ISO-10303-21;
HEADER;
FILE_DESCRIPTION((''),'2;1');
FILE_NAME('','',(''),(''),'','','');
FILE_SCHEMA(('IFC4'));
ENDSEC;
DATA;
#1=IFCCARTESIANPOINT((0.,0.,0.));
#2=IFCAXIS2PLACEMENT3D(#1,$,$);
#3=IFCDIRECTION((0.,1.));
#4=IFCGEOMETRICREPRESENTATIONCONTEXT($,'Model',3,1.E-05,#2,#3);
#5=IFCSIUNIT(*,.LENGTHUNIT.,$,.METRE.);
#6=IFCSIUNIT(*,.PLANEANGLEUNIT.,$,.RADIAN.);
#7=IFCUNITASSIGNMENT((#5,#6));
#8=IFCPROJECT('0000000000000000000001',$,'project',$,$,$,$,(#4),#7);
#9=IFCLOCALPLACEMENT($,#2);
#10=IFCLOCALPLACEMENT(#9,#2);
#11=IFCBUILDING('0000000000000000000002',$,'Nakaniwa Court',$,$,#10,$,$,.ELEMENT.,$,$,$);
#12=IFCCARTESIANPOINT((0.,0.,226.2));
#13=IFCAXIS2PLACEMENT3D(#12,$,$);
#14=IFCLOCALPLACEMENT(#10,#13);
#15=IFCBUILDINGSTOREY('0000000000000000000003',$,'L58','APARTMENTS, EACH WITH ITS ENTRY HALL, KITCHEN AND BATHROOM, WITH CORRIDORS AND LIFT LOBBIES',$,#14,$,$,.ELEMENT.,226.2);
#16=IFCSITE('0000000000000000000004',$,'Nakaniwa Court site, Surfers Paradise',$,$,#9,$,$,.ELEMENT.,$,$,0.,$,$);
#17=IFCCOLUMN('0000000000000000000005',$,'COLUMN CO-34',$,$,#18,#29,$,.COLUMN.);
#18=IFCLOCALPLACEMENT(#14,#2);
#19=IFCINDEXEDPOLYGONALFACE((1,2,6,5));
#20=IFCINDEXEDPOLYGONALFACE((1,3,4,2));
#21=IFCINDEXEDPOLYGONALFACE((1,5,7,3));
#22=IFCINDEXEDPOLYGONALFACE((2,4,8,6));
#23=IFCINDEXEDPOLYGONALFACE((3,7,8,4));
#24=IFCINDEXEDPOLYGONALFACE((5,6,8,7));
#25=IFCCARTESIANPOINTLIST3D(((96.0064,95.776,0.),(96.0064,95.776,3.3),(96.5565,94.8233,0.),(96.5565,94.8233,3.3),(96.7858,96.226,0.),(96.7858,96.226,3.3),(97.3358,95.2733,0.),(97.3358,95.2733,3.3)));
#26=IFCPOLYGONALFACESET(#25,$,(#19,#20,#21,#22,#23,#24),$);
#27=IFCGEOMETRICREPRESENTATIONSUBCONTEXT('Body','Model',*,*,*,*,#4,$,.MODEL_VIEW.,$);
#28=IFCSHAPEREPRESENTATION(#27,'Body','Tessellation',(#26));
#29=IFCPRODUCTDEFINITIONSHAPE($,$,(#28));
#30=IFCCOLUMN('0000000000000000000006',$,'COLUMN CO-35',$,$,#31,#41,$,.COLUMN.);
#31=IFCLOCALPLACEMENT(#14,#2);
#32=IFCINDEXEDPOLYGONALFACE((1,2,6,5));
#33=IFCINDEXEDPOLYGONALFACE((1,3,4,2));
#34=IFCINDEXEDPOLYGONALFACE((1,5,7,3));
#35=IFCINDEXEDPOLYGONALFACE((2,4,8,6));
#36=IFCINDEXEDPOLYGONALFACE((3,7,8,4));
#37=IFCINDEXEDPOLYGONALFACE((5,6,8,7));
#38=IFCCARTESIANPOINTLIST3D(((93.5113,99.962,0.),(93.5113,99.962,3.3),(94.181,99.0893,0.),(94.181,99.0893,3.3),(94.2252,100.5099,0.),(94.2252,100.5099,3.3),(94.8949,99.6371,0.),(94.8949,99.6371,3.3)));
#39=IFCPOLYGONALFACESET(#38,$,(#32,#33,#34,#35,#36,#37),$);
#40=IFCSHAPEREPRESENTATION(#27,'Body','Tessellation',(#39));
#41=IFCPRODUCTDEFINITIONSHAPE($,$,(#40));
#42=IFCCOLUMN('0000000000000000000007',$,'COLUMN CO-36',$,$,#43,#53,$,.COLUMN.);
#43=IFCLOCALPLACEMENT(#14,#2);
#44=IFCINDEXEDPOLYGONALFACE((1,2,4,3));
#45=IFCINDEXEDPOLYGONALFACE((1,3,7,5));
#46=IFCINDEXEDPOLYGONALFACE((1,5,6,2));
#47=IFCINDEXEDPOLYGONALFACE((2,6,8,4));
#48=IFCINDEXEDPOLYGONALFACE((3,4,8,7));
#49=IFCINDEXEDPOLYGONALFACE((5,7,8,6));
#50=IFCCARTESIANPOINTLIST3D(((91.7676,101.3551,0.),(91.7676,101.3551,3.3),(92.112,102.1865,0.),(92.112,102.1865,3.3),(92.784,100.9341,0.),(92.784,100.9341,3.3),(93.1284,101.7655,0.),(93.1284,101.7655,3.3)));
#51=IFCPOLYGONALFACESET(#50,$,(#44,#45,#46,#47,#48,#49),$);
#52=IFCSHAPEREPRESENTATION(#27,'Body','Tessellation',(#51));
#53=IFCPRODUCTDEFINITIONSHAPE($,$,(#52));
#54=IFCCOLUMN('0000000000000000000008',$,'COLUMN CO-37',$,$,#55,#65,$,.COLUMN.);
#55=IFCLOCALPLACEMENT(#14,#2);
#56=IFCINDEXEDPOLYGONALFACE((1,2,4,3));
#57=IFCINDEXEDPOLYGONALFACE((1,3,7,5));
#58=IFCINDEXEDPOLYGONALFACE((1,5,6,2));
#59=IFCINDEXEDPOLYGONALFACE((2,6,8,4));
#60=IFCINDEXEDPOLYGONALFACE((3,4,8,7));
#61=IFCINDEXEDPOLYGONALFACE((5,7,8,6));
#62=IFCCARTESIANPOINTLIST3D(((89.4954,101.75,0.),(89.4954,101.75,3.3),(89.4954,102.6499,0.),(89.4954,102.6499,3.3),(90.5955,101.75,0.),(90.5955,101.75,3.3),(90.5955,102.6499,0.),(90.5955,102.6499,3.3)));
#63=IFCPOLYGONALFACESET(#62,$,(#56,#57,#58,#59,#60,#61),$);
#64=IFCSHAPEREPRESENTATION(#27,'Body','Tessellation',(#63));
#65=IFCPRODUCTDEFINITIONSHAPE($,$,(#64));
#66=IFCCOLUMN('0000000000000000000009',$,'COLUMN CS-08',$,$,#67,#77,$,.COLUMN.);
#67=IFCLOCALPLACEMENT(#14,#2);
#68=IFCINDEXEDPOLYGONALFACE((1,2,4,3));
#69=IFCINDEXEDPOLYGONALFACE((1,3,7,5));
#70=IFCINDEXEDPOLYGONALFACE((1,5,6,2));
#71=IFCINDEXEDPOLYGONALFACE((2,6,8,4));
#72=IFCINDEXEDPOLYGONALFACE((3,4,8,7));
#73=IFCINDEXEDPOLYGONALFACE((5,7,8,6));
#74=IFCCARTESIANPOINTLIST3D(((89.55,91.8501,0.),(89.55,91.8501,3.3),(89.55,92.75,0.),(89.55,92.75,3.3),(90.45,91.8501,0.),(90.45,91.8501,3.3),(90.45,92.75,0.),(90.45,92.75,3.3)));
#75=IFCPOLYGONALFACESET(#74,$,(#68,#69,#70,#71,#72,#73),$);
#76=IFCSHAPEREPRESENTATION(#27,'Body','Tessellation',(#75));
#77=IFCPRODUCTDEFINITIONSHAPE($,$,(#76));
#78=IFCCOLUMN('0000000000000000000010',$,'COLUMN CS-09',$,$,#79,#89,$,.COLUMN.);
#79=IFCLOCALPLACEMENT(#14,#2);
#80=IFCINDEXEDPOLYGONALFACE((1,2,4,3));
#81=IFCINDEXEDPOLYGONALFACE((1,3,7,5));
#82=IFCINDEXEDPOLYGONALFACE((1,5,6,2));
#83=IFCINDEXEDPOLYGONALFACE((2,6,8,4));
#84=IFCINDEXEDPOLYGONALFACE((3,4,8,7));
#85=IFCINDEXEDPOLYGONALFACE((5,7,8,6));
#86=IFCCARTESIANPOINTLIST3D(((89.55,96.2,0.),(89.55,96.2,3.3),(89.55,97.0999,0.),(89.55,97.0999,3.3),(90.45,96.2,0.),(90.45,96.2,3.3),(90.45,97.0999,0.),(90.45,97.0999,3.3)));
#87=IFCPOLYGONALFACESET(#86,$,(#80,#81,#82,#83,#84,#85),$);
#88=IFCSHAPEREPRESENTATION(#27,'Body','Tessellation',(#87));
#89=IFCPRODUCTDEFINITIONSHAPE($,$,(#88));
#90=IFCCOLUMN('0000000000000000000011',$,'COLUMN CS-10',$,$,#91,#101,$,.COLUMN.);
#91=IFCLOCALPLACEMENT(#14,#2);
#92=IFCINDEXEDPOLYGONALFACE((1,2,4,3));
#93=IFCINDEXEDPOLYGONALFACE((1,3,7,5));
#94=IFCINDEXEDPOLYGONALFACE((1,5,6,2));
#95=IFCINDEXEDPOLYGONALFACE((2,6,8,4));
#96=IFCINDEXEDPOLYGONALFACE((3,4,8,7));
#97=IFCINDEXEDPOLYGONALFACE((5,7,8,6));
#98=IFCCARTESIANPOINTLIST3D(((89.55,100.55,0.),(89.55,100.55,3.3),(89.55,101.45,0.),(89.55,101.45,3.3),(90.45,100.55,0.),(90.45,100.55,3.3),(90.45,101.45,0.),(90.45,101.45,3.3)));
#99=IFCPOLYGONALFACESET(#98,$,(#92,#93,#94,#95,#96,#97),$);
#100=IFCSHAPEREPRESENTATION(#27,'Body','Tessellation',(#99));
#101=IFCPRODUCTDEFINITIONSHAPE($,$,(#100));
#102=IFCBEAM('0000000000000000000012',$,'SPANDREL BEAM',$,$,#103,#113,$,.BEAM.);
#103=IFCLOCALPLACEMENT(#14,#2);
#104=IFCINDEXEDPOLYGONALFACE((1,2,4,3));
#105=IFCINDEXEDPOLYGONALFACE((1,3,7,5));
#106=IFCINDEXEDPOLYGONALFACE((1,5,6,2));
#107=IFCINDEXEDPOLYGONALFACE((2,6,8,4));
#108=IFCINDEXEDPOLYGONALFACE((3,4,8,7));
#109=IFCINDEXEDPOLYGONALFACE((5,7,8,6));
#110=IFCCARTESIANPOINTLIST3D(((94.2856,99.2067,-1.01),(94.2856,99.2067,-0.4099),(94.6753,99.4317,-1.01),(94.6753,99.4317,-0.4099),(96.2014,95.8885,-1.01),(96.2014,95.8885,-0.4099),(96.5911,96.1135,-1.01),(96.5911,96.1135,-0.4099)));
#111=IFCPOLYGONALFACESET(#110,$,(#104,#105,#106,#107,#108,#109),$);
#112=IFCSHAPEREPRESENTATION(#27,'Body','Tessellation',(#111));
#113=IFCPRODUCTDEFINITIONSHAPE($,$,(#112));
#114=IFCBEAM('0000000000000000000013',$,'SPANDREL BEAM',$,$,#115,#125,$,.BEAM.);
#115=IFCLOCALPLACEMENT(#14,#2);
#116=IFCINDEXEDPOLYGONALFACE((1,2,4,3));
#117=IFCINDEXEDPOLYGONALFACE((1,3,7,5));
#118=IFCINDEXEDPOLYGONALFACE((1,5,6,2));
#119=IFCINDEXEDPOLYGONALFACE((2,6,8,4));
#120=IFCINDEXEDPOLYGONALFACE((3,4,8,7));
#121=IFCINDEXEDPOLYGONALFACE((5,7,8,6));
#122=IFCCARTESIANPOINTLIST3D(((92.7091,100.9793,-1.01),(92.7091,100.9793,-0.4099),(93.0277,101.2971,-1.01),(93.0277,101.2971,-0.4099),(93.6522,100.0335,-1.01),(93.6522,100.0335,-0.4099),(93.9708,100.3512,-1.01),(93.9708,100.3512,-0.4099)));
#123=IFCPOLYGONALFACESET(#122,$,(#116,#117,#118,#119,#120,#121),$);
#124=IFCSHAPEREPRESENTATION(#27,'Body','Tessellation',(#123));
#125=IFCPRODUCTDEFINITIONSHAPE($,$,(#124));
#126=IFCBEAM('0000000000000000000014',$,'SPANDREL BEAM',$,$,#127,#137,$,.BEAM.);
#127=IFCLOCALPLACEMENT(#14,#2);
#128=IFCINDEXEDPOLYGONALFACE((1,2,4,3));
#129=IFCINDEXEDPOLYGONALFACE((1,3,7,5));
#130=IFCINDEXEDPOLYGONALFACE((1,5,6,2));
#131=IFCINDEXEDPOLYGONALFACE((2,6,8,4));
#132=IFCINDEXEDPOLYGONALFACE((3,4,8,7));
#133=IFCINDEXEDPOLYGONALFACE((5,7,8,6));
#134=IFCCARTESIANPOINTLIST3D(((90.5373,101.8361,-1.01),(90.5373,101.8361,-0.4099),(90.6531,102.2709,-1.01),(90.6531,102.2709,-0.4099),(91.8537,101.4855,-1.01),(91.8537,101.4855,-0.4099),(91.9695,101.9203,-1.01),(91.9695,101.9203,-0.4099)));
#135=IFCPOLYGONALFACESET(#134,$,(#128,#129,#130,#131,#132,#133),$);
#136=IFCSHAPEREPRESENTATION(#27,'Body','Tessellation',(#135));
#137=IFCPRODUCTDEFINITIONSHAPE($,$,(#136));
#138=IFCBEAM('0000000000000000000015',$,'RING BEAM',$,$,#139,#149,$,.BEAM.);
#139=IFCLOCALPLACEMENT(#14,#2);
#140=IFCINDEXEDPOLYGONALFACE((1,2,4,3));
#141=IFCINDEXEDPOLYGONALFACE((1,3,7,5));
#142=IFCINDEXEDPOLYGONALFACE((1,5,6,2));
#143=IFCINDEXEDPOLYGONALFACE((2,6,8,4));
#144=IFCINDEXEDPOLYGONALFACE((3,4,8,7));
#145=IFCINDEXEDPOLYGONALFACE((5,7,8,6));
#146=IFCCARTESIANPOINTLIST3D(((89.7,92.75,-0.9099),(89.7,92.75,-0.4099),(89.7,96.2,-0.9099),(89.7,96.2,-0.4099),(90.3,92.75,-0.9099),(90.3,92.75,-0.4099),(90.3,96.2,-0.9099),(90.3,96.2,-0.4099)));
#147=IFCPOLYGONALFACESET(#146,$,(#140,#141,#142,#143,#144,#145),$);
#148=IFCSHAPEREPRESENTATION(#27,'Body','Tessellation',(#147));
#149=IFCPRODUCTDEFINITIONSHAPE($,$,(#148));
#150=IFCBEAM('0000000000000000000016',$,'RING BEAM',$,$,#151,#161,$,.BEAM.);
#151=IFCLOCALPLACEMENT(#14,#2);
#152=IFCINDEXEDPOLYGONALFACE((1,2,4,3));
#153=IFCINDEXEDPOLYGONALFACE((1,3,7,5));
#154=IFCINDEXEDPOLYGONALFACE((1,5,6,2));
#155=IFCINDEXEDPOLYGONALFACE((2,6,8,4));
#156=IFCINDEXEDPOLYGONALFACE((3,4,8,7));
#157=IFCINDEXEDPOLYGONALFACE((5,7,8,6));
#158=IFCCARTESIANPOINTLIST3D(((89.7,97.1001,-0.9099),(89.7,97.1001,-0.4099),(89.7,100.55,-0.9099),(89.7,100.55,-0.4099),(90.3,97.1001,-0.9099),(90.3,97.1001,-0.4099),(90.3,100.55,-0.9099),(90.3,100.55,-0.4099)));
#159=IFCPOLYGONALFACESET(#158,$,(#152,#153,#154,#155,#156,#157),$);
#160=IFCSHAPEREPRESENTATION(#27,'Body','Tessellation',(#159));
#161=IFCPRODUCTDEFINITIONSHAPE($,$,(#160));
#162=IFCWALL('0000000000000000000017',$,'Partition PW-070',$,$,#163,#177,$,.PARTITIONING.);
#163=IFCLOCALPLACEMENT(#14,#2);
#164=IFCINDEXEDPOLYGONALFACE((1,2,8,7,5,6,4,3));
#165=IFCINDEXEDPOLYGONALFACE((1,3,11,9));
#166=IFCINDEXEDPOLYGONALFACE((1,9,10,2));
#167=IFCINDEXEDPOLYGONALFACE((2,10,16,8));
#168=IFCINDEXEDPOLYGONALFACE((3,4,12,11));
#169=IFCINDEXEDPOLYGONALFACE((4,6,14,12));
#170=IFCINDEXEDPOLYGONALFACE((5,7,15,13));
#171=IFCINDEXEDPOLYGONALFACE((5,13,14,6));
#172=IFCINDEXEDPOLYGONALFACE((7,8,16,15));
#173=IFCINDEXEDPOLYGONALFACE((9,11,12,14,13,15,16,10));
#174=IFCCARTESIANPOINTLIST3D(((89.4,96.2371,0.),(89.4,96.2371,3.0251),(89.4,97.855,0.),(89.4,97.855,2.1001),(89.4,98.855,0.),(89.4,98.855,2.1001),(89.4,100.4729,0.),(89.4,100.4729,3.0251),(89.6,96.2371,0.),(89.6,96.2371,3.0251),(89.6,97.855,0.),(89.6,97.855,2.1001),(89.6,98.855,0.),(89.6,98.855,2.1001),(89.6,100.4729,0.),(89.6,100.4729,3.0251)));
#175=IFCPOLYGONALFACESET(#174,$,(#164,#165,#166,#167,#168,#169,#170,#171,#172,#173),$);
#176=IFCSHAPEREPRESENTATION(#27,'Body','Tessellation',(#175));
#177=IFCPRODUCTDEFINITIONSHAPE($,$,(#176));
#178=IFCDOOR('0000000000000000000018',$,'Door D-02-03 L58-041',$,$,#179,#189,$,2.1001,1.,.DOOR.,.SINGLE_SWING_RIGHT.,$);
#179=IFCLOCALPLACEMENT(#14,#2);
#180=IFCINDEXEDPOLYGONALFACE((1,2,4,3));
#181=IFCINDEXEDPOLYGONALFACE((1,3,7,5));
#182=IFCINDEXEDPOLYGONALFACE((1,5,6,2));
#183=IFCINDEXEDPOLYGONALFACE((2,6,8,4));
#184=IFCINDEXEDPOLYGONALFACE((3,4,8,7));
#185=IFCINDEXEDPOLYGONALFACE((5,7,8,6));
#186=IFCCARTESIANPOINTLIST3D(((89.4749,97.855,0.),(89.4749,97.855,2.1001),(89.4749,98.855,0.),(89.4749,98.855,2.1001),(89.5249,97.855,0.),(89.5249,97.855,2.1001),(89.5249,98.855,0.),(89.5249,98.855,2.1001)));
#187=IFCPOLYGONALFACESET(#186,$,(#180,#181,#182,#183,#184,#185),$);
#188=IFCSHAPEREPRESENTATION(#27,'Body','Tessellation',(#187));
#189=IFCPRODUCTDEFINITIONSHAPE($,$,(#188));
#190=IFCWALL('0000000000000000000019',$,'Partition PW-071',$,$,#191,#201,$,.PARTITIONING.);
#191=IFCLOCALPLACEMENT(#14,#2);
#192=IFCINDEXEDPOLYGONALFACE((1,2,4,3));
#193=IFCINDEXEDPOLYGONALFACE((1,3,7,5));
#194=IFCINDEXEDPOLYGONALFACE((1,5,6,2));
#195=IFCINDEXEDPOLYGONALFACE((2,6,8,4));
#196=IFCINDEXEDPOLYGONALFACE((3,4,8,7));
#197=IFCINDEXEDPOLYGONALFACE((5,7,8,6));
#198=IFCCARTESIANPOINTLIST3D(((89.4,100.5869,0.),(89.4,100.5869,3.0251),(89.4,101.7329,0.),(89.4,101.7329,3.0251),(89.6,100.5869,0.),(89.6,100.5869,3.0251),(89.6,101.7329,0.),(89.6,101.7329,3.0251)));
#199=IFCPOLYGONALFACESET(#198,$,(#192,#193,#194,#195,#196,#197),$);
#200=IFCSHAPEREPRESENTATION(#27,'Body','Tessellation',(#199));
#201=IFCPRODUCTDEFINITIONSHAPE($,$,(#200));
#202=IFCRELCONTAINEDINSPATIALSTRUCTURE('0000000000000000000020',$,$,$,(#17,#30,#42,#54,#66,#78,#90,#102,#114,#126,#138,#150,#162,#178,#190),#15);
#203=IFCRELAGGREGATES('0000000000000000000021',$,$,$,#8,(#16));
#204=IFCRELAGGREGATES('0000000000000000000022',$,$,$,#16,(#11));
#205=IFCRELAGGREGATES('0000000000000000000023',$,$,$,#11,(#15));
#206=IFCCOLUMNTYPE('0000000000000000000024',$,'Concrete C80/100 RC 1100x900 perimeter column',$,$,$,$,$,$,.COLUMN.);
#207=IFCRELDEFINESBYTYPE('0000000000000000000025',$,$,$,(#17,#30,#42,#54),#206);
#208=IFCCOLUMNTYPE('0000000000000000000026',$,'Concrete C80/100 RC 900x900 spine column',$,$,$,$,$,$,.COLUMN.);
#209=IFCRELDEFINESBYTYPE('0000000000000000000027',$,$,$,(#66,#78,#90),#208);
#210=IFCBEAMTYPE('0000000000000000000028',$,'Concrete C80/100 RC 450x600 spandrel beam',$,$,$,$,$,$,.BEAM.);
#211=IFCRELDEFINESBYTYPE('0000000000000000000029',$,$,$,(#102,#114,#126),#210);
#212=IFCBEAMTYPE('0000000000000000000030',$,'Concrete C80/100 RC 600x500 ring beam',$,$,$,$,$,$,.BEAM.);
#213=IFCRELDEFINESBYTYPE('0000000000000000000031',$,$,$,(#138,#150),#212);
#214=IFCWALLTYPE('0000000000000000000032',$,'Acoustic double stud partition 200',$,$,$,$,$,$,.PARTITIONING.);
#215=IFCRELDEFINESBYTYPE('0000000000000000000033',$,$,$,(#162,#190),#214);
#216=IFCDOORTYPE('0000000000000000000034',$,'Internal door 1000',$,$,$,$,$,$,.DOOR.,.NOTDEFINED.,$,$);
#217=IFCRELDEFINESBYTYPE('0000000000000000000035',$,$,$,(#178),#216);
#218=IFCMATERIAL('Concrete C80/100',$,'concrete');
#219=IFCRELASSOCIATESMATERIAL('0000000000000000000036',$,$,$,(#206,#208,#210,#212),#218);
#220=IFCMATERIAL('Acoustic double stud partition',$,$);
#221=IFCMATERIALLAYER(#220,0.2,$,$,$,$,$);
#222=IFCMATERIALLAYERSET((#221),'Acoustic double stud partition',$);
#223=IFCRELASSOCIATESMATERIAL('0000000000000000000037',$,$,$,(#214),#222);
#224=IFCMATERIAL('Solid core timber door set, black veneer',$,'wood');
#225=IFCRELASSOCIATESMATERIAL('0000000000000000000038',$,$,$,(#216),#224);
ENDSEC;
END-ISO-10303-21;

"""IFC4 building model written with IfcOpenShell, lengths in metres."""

from ifc_helpers import new_model, si_unit, direction, frame, frame_2d, origin, origin_2d, place, context, subcontext, project, spatial, rectangle, extrude, material, layer, layer_set, material_profile, profile_set, type_object, element, fill, save


model = new_model("IFC4")

# Units and contexts
model_context = context("Model", 3, precision=1e-05, world=origin(), true_north=direction((0.0, 1.0)))
body_context = subcontext(model_context, "Body", "Model", "MODEL_VIEW")
ifc_project = project(units=[si_unit("LENGTHUNIT", "METRE"), si_unit("PLANEANGLEUNIT", "RADIAN")], contexts=[model_context])

# Site, building, storey
site_placement = place(None, origin())
site = spatial("IfcSite", under=ifc_project, at=site_placement, Name="Nakaniwa Court site, Surfers Paradise", CompositionType="ELEMENT", RefElevation=0.0)
building_placement = place(site_placement, origin())
building = spatial("IfcBuilding", under=site, at=building_placement, Name="Nakaniwa Court", CompositionType="ELEMENT")
storey_placement = place(building_placement, frame((0.0, 0.0, 226.2)))
storey = spatial("IfcBuildingStorey", under=building, at=storey_placement, Name="L58", Description="APARTMENTS, EACH WITH ITS ENTRY HALL, KITCHEN AND BATHROOM, WITH CORRIDORS AND LIFT LOBBIES", CompositionType="ELEMENT", Elevation=226.2)

# Columns
ifc_material_1 = material(Name="Concrete C80/100", Category="concrete")
ifc_material_profile_1 = material_profile(ifc_material_1, rectangle(XDim=1.1001, YDim=0.8999, at=origin_2d()), Name="Concrete C80/100 RC 1100x900 perimeter column")
ifc_profile_set_1 = profile_set([ifc_material_profile_1], Name="Concrete C80/100")
column_type_1 = type_object("IfcColumnType", Name="Concrete C80/100 RC 1100x900 perimeter column", PredefinedType="COLUMN", material=ifc_profile_set_1)
for number, where, z_axis, x_axis, name in (
    (1, (96.6711, 95.5247, 0.0), (0.0, 0.0, 1.0), (-0.5, 0.866025, 0.0), "COLUMN CO-34"),
    (2, (94.2031, 99.7996, 0.0), (0.0, 0.0, 1.0), (-0.608761, 0.793353, 0.0), "COLUMN CO-35"),
    (3, (92.448, 101.5603, 0.0), (0.0, 0.0, 1.0), (-0.92388, 0.382683, 0.0), "COLUMN CO-36"),
    (4, (90.0454, 102.2, 0.0), (0.0, 0.0, 1.0), (-1.0, 0.0, 0.0), "COLUMN CO-37"),
):
    element("IfcColumn", number, at=place(storey_placement, frame(where, z_axis=z_axis, x_axis=x_axis)), inside=storey, type_object=column_type_1, Name=name, PredefinedType="COLUMN", context=body_context, shape_type="SweptSolid", body=[
        extrude(rectangle(XDim=1.1001, YDim=0.8999, at=origin_2d()), origin(), (0.0, 0.0, 1.0), 3.3),
    ])
ifc_material_profile_2 = material_profile(ifc_material_1, rectangle(XDim=0.8999, YDim=0.8999, at=origin_2d()), Name="Concrete C80/100 RC 900x900 spine column")
ifc_profile_set_2 = profile_set([ifc_material_profile_2], Name="Concrete C80/100")
column_type_2 = type_object("IfcColumnType", Name="Concrete C80/100 RC 900x900 spine column", PredefinedType="COLUMN", material=ifc_profile_set_2)
for number, where, z_axis, x_axis, name in (
    (5, (90.0, 92.3, 0.0), (0.0, 0.0, 1.0), (0.0, 1.0, 0.0), "COLUMN CS-08"),
    (6, (90.0, 96.6499, 0.0), (0.0, 0.0, 1.0), (0.0, 1.0, 0.0), "COLUMN CS-09"),
    (7, (90.0, 101.0, 0.0), (0.0, 0.0, 1.0), (0.0, 1.0, 0.0), "COLUMN CS-10"),
):
    element("IfcColumn", number, at=place(storey_placement, frame(where, z_axis=z_axis, x_axis=x_axis)), inside=storey, type_object=column_type_2, Name=name, PredefinedType="COLUMN", context=body_context, shape_type="SweptSolid", body=[
        extrude(rectangle(XDim=0.8999, YDim=0.8999, at=origin_2d()), origin(), (0.0, 0.0, 1.0), 3.3),
    ])

# Beams
ifc_material_profile_3 = material_profile(ifc_material_1, rectangle(XDim=0.45, YDim=0.6001, at=origin_2d()), Name="Concrete C80/100 RC 450x600 spandrel beam")
ifc_profile_set_3 = profile_set([ifc_material_profile_3], Name="Concrete C80/100")
beam_type_1 = type_object("IfcBeamType", Name="Concrete C80/100 RC 450x600 spandrel beam", PredefinedType="BEAM", material=ifc_profile_set_3)
beam_1_placement = place(storey_placement, frame((96.3962, 96.001, -0.71), z_axis=(-0.500011, 0.866019, 0.0), x_axis=(-0.866019, -0.500011, 0.0)))
element("IfcBeam", 8, at=beam_1_placement, inside=storey, type_object=beam_type_1, Name="SPANDREL BEAM", PredefinedType="BEAM", context=body_context, shape_type="SweptSolid", body=[
    extrude(rectangle(XDim=0.45, YDim=0.6001, at=origin_2d()), origin(), (0.0, 0.0, 1.0), 3.8315),
])
beam_2_placement = place(storey_placement, frame((93.8115, 100.1924, -0.71), z_axis=(-0.706101, 0.708111, 0.0), x_axis=(-0.708111, -0.706101, 0.0)))
element("IfcBeam", 9, at=beam_2_placement, inside=storey, type_object=beam_type_1, Name="SPANDREL BEAM", PredefinedType="BEAM", context=body_context, shape_type="SweptSolid", body=[
    extrude(rectangle(XDim=0.45, YDim=0.6001, at=origin_2d()), origin(), (0.0, 0.0, 1.0), 1.3357),
])
beam_3_placement = place(storey_placement, frame((91.9116, 101.7029, -0.71), z_axis=(-0.966318, 0.25735, 0.0), x_axis=(-0.25735, -0.966318, 0.0)))
element("IfcBeam", 10, at=beam_3_placement, inside=storey, type_object=beam_type_1, Name="SPANDREL BEAM", PredefinedType="BEAM", context=body_context, shape_type="SweptSolid", body=[
    extrude(rectangle(XDim=0.45, YDim=0.6001, at=origin_2d()), origin(), (0.0, 0.0, 1.0), 1.3623),
])
ifc_material_profile_4 = material_profile(ifc_material_1, rectangle(XDim=0.6001, YDim=0.5, at=origin_2d()), Name="Concrete C80/100 RC 600x500 ring beam")
ifc_profile_set_4 = profile_set([ifc_material_profile_4], Name="Concrete C80/100")
beam_type_2 = type_object("IfcBeamType", Name="Concrete C80/100 RC 600x500 ring beam", PredefinedType="BEAM", material=ifc_profile_set_4)
for number, where, z_axis, x_axis, name in (
    (11, (90.0, 92.75, -0.6599), (0.0, 1.0, 0.0), (-1.0, 0.0, 0.0), "RING BEAM"),
    (12, (90.0, 97.1001, -0.6599), (0.0, 1.0, 0.0), (-1.0, 0.0, 0.0), "RING BEAM"),
):
    element("IfcBeam", number, at=place(storey_placement, frame(where, z_axis=z_axis, x_axis=x_axis)), inside=storey, type_object=beam_type_2, Name=name, PredefinedType="BEAM", context=body_context, shape_type="SweptSolid", body=[
        extrude(rectangle(XDim=0.6001, YDim=0.5, at=origin_2d()), origin(), (0.0, 0.0, 1.0), 3.45),
    ])

# Wall, opening, door
ifc_material_2 = material(Name="Acoustic double stud partition")
ifc_layer_1 = layer(ifc_material_2, 0.2)
ifc_layer_set_1 = layer_set([ifc_layer_1], Name="Acoustic double stud partition")
wall_type_1 = type_object("IfcWallType", Name="Acoustic double stud partition 200", PredefinedType="PARTITIONING", material=ifc_layer_set_1)
wall_1_placement = place(storey_placement, frame((89.5, 100.4729, 0.0), z_axis=(0.0, 0.0, 1.0), x_axis=(0.0, -1.0, 0.0)))
wall_1 = element("IfcWall", 13, at=wall_1_placement, inside=storey, type_object=wall_type_1, Name="Partition PW-070", PredefinedType="PARTITIONING", context=body_context, shape_type="SweptSolid", body=[
    extrude(rectangle(XDim=4.2358, YDim=0.2, at=frame_2d((2.1179, 0.0))), origin(), (0.0, 0.0, 1.0), 3.0251),
])
opening_1_placement = place(wall_1_placement, frame((1.6179, 0.0, 0.0)))
opening_1 = element("IfcOpeningElement", 14, at=opening_1_placement, cuts=wall_1, PredefinedType="OPENING", context=body_context, shape_type="SweptSolid", body=[
    extrude(rectangle(XDim=1.0, YDim=2.1001, at=frame_2d((0.5, 1.05))), frame((0.0, 0.1099, 0.0), z_axis=(0.0, -1.0, 0.0), x_axis=(1.0, 0.0, 0.0)), (0.0, 0.0, 1.0), 0.22),
])
ifc_material_3 = material(Name="Solid core timber door set, black veneer", Category="wood")
door_type_1 = type_object("IfcDoorType", Name="Internal door 1000", OperationType="NOTDEFINED", PredefinedType="DOOR", material=ifc_material_3)
door_1_placement = place(opening_1_placement, origin())
door_1 = element("IfcDoor", 15, at=door_1_placement, inside=storey, type_object=door_type_1, Name="Door D-02-03 L58-041", OperationType="SINGLE_SWING_RIGHT", OverallHeight=2.1001, OverallWidth=1.0, PredefinedType="DOOR", context=body_context, shape_type="SweptSolid", body=[
    extrude(rectangle(XDim=1.0, YDim=2.1001, at=frame_2d((0.5, 1.05))), frame((0.0, 0.0249, 0.0), z_axis=(0.0, -1.0, 0.0), x_axis=(1.0, 0.0, 0.0)), (0.0, 0.0, 1.0), 0.05),
])
fill(opening_1, door_1)

# Wall
wall_2_placement = place(storey_placement, frame((89.5, 100.5869, 0.0), z_axis=(0.0, 0.0, 1.0), x_axis=(0.0, 1.0, 0.0)))
element("IfcWall", 16, at=wall_2_placement, inside=storey, type_object=wall_type_1, Name="Partition PW-071", PredefinedType="PARTITIONING", context=body_context, shape_type="SweptSolid", body=[
    extrude(rectangle(XDim=1.146, YDim=0.2, at=frame_2d((0.573, 0.0))), origin(), (0.0, 0.0, 1.0), 3.0251),
])

save(model, "model.ifc")
